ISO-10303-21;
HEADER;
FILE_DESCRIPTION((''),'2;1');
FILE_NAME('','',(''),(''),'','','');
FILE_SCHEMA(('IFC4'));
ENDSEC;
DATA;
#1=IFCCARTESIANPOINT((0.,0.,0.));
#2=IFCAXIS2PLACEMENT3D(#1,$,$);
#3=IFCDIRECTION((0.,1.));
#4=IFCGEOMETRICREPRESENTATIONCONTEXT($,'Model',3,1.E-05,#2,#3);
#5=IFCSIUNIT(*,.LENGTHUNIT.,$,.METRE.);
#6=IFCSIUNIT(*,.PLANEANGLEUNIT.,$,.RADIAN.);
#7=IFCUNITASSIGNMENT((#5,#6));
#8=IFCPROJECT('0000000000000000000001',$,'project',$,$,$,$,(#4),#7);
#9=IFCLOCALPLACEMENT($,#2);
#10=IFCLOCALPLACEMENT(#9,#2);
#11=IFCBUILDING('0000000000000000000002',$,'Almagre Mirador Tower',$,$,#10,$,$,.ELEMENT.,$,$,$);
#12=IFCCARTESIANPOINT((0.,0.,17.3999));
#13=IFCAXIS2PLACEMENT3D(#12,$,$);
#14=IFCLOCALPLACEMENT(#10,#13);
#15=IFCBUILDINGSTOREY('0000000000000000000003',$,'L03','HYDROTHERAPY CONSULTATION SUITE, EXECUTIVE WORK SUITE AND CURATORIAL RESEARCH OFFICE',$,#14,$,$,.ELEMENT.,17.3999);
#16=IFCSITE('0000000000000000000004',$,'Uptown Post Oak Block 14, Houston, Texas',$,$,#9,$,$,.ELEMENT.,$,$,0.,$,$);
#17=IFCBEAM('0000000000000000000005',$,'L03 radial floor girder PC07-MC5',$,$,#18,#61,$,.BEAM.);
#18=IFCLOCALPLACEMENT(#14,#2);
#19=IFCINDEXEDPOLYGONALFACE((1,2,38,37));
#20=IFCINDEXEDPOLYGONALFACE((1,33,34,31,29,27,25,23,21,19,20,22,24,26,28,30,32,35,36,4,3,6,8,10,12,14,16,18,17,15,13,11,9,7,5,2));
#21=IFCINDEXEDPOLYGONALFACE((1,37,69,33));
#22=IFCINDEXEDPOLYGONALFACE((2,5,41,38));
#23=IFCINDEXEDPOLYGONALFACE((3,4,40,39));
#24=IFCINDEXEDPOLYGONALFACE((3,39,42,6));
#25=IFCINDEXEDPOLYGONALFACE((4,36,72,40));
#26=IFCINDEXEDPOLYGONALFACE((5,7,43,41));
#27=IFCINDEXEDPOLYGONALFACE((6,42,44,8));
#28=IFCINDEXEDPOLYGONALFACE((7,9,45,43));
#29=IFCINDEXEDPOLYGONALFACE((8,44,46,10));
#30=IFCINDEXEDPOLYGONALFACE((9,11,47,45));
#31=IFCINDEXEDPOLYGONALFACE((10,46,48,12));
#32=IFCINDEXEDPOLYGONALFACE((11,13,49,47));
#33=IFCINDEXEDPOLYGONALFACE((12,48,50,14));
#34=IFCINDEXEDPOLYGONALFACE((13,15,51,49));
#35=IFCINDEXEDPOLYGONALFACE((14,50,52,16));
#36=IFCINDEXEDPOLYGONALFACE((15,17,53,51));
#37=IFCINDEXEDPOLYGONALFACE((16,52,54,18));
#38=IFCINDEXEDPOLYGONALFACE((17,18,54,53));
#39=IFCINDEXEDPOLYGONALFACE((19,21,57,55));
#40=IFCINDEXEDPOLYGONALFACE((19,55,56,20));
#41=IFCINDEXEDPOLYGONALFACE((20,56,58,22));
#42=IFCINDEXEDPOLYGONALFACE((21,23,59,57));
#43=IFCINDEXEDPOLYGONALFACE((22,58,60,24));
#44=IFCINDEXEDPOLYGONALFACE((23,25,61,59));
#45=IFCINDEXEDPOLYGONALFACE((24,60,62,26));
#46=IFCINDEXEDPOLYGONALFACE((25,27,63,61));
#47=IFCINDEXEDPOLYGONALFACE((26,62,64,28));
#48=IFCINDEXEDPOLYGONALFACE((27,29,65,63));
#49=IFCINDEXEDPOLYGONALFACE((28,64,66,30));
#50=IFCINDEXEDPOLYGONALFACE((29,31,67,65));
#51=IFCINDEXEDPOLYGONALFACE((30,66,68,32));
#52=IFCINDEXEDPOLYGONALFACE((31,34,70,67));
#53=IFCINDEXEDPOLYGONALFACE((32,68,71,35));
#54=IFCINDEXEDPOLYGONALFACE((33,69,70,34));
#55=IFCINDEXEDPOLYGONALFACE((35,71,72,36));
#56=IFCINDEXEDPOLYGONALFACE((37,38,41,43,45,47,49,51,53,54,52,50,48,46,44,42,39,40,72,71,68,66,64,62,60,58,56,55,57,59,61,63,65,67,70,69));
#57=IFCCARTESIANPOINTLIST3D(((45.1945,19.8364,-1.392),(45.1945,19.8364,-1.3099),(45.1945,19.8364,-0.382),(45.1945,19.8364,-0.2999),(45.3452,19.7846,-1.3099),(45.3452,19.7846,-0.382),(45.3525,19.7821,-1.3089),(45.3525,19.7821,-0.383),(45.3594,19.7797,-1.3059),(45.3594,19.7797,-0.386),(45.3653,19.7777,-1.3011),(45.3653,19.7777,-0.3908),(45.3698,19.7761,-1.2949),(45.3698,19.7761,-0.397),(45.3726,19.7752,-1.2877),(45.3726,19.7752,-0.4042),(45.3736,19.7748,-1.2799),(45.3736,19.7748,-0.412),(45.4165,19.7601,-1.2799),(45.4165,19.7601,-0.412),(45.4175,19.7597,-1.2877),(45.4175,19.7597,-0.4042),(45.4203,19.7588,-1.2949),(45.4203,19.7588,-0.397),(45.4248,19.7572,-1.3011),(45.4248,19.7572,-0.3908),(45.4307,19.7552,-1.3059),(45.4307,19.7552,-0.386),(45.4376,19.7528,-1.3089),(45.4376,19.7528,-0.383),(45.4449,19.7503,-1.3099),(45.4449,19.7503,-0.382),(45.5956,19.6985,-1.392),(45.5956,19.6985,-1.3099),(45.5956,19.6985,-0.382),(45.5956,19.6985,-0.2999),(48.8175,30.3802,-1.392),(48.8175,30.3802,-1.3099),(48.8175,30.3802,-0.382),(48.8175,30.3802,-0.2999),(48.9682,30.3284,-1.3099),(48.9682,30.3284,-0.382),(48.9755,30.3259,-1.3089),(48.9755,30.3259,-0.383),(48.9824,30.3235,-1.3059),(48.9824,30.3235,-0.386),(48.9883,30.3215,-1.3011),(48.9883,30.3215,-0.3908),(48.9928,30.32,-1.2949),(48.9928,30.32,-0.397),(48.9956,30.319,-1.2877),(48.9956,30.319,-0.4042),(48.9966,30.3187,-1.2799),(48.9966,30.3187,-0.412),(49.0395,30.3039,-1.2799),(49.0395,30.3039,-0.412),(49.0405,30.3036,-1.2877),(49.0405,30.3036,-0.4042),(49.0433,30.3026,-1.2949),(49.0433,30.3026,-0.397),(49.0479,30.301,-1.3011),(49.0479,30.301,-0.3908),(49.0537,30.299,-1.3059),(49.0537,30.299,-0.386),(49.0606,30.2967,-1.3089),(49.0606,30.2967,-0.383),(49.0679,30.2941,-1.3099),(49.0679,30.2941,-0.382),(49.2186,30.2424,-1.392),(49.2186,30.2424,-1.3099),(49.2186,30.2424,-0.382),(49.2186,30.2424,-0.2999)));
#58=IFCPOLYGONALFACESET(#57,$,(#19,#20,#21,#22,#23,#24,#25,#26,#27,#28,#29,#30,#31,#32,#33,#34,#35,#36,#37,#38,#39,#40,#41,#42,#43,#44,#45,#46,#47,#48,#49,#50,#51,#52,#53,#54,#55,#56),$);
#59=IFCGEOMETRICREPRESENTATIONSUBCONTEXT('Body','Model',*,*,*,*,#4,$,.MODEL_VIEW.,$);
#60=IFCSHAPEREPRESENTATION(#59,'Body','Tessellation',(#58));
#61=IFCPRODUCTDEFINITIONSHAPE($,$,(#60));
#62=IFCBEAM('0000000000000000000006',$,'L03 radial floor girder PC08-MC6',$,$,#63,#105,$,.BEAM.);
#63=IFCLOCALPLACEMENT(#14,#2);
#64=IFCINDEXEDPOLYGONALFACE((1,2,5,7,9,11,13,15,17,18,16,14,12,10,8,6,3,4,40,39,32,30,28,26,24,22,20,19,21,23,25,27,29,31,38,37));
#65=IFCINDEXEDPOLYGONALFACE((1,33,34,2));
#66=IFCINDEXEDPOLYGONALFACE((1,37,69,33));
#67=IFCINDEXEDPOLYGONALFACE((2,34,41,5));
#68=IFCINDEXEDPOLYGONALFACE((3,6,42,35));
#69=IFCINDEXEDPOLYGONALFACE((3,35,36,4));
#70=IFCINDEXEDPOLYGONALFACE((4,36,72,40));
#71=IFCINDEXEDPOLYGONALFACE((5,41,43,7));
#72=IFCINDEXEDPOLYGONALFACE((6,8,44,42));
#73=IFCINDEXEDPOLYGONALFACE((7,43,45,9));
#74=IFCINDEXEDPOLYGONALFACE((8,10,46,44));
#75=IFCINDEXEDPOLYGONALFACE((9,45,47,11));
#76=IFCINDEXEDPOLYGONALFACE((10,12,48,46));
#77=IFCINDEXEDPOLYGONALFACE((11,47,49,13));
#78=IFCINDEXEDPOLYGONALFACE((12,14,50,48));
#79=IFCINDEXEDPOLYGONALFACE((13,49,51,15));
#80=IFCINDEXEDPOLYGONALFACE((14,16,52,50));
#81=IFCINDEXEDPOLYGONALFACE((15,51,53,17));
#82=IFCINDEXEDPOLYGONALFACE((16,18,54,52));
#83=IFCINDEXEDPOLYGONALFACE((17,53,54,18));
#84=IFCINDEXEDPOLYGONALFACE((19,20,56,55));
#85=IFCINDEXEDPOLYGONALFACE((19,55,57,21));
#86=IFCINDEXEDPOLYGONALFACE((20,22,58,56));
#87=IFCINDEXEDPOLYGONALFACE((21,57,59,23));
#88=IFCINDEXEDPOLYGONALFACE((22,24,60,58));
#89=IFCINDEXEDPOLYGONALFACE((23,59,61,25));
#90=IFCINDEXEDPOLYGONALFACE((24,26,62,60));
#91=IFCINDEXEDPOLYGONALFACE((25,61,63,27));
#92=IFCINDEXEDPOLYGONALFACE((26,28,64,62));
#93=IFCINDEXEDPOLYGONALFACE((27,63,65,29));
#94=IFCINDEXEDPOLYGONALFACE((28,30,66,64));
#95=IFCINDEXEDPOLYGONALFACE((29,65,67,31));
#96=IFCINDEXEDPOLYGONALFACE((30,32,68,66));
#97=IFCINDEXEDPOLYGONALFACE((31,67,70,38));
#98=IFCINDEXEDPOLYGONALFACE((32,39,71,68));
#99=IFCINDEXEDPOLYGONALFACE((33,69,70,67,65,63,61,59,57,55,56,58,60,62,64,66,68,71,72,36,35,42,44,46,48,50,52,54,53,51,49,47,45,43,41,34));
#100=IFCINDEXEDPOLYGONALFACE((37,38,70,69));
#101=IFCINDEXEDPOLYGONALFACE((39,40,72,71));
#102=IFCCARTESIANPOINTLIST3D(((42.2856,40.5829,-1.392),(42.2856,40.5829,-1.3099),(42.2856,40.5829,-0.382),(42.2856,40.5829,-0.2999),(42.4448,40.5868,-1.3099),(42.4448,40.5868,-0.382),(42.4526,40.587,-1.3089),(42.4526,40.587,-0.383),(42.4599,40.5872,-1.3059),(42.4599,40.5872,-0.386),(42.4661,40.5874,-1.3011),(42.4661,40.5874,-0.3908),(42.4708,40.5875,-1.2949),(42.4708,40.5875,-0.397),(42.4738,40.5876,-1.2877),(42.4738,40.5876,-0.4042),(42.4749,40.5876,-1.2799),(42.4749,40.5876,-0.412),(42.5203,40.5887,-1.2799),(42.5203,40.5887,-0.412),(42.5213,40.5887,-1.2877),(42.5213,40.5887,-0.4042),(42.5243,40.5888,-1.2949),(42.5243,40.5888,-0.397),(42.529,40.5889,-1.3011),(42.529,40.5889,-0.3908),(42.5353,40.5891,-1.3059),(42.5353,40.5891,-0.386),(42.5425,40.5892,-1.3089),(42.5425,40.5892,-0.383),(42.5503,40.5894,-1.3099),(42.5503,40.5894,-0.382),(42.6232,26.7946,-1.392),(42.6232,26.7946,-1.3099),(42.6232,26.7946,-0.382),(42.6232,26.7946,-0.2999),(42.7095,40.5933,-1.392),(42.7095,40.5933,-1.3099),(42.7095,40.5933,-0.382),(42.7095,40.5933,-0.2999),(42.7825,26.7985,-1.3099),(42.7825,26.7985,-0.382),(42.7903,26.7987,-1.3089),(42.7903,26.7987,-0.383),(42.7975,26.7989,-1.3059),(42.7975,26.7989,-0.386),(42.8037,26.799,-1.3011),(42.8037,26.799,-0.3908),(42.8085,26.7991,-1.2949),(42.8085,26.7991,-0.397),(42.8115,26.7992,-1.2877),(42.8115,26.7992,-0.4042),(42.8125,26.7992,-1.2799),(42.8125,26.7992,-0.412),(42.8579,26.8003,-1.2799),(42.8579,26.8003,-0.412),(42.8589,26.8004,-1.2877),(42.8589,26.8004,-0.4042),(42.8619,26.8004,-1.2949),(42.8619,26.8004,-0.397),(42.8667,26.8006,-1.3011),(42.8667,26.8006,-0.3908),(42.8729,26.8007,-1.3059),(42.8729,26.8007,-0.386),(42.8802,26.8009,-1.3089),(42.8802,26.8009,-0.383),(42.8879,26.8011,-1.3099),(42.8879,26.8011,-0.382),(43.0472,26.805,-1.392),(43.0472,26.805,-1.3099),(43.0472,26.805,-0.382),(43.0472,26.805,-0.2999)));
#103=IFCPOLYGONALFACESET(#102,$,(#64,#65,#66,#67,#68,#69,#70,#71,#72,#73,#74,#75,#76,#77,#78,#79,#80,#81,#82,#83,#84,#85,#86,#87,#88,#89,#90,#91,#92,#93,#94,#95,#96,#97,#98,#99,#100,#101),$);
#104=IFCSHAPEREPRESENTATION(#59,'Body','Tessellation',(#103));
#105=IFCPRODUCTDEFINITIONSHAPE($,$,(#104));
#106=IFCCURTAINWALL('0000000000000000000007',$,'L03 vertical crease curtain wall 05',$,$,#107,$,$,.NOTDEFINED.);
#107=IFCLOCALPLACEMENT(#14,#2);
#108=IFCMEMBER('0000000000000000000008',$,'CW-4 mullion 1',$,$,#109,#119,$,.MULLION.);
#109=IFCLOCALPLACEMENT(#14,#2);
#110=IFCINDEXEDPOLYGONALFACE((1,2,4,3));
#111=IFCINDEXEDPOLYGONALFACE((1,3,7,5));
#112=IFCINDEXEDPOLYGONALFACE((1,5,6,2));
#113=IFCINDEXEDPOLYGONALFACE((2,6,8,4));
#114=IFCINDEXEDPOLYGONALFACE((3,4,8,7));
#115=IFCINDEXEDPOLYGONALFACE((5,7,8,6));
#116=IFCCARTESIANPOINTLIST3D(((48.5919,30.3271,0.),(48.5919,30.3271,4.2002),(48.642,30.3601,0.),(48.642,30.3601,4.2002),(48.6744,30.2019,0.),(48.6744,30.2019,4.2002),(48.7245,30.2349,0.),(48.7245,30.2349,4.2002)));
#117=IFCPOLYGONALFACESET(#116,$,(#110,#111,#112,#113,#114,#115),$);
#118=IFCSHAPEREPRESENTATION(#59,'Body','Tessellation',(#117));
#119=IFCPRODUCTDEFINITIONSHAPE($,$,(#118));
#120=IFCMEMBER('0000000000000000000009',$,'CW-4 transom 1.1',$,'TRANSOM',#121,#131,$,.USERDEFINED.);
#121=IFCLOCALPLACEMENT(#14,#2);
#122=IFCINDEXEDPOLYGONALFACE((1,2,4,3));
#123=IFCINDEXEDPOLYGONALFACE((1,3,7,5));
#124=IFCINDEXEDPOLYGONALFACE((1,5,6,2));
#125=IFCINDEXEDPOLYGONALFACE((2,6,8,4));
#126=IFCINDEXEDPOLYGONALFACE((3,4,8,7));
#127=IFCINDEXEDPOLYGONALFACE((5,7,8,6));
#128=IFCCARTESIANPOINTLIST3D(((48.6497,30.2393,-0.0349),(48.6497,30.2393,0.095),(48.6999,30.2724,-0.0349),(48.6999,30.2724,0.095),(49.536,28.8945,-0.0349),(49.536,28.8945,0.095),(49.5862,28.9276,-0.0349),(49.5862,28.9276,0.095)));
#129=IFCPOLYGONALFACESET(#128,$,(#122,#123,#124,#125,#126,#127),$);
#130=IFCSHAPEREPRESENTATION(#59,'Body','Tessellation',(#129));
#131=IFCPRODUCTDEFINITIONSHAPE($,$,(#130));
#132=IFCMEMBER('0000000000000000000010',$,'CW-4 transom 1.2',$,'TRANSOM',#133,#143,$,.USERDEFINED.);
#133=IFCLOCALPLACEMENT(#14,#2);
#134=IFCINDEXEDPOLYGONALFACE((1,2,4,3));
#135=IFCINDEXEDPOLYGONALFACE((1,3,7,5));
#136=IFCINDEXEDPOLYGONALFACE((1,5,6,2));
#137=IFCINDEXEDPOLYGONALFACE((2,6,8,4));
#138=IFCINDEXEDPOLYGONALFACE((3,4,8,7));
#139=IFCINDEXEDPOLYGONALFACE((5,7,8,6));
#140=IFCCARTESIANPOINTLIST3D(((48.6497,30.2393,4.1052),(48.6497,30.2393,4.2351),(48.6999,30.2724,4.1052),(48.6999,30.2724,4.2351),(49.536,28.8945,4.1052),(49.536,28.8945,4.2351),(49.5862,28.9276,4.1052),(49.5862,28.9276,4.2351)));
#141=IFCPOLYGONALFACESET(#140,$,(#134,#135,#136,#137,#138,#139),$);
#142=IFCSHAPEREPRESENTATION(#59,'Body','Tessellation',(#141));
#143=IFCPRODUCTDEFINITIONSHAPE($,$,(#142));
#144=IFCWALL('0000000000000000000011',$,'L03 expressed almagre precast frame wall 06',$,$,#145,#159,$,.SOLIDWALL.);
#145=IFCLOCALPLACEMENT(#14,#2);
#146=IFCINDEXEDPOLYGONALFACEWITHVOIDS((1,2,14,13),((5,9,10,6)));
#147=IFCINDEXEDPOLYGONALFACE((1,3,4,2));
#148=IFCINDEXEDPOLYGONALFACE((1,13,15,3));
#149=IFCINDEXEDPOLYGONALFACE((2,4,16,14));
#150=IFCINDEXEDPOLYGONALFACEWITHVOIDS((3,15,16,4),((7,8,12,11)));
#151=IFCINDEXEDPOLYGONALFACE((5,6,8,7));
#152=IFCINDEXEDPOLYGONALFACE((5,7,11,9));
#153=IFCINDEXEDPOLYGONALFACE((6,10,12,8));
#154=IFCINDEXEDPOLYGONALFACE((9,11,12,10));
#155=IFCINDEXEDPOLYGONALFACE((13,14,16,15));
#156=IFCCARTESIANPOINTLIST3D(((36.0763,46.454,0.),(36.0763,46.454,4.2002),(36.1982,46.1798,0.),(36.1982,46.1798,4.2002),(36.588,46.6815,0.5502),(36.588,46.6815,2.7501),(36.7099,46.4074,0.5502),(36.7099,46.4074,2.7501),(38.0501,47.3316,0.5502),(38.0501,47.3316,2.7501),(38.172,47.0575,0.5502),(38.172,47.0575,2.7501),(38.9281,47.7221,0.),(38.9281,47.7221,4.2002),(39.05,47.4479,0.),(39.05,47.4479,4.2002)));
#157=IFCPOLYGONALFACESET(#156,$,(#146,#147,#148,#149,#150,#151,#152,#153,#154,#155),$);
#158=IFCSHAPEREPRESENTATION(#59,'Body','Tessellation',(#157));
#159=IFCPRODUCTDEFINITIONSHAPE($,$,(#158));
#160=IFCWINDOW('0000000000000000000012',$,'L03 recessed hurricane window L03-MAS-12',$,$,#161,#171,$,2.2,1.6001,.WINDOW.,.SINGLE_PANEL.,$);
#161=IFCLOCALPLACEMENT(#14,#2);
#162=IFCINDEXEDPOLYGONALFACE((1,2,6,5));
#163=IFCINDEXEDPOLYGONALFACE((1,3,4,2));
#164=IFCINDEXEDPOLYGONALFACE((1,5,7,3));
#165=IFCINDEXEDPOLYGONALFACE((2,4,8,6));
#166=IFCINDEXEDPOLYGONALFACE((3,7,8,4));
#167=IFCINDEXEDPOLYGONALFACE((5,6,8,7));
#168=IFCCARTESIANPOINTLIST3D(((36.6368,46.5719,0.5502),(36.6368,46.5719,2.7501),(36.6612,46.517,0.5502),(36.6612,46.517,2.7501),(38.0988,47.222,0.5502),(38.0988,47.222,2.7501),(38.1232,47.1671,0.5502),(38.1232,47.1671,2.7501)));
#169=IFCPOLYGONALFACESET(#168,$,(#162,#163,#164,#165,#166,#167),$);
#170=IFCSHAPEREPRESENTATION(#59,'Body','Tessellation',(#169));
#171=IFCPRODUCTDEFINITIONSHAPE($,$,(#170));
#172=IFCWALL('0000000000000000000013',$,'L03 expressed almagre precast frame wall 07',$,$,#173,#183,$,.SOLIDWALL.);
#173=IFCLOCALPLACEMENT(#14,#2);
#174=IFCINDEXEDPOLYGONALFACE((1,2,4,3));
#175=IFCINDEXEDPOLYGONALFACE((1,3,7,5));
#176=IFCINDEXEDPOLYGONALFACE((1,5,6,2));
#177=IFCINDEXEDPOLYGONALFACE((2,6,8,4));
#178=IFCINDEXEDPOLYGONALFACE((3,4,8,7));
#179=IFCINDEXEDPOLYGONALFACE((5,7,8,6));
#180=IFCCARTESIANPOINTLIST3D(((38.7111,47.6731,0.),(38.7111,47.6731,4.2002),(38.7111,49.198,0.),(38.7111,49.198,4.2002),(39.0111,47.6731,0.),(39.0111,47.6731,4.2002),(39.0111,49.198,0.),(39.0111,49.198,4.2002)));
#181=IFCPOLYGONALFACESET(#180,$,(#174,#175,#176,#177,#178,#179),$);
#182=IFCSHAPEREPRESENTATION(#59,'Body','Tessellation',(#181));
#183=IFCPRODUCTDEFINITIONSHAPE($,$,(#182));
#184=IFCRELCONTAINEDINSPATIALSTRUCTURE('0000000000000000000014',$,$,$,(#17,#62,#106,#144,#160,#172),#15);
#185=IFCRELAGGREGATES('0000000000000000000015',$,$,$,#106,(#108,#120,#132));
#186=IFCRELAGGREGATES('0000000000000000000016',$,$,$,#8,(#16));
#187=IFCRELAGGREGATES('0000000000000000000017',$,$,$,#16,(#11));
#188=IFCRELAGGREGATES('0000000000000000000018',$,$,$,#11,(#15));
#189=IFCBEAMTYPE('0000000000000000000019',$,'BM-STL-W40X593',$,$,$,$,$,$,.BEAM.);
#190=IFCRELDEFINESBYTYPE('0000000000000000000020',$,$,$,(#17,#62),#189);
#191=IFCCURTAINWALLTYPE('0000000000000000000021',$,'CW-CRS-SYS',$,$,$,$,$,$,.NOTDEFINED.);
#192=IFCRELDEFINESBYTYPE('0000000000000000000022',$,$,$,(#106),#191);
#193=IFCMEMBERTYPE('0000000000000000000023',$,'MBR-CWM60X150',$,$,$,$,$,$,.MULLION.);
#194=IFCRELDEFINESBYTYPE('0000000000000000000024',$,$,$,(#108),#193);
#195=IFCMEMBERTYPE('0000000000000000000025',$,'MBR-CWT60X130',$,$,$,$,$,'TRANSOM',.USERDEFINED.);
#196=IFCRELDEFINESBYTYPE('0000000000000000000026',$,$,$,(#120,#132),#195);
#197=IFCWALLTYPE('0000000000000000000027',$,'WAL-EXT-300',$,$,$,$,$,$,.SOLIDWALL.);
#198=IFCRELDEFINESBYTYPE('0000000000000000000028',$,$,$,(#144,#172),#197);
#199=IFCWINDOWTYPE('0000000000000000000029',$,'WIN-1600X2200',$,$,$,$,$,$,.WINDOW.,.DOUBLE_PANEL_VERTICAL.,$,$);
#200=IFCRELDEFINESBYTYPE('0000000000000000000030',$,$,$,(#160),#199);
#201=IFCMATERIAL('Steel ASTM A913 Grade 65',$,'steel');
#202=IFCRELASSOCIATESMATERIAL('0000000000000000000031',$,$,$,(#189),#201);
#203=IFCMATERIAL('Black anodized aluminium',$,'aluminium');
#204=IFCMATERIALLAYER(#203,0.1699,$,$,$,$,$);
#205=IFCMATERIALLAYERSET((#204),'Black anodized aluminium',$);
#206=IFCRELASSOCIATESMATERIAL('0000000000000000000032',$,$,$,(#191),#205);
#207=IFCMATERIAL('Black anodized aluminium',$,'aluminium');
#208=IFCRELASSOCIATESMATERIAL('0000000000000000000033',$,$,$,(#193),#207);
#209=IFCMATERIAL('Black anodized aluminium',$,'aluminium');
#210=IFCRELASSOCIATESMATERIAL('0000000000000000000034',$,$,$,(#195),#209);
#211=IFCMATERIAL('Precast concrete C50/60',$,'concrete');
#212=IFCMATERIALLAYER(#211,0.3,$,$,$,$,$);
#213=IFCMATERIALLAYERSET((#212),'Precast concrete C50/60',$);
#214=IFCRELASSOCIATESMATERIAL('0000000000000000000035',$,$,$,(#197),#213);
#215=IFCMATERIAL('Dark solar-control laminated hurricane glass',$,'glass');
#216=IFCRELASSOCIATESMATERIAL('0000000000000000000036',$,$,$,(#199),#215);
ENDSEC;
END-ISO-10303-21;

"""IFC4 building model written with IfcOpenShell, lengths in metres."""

from ifc_helpers import new_model, si_unit, direction, frame, frame_2d, origin, origin_2d, place, context, subcontext, project, spatial, rectangle, i_section, extrude, material, layer, layer_set, material_profile, profile_set, type_object, element, fill, aggregate, save


model = new_model("IFC4")

# Units and contexts
model_context = context("Model", 3, precision=1e-05, world=origin(), true_north=direction((0.0, 1.0)))
body_context = subcontext(model_context, "Body", "Model", "MODEL_VIEW")
ifc_project = project(units=[si_unit("LENGTHUNIT", "METRE"), si_unit("PLANEANGLEUNIT", "RADIAN")], contexts=[model_context])

# Site, building, storey
site_placement = place(None, origin())
site = spatial("IfcSite", under=ifc_project, at=site_placement, Name="Uptown Post Oak Block 14, Houston, Texas", CompositionType="ELEMENT", RefElevation=0.0)
building_placement = place(site_placement, origin())
building = spatial("IfcBuilding", under=site, at=building_placement, Name="Almagre Mirador Tower", CompositionType="ELEMENT")
storey_placement = place(building_placement, frame((0.0, 0.0, 17.3999)))
storey = spatial("IfcBuildingStorey", under=building, at=storey_placement, Name="L03", Description="HYDROTHERAPY CONSULTATION SUITE, EXECUTIVE WORK SUITE AND CURATORIAL RESEARCH OFFICE", CompositionType="ELEMENT", Elevation=17.3999)

# Beams
ifc_material_1 = material(Name="Steel ASTM A913 Grade 65", Category="steel")
ifc_material_profile_1 = material_profile(ifc_material_1, i_section(OverallWidth=0.4241, OverallDepth=1.092, WebThickness=0.0454, FlangeThickness=0.082, FilletRadius=0.03, at=origin_2d()), Name="W40X593")
ifc_profile_set_1 = profile_set([ifc_material_profile_1], Name="Steel ASTM A913 Grade 65")
beam_type_1 = type_object("IfcBeamType", Name="BM-STL-W40X593", PredefinedType="BEAM", material=ifc_profile_set_1)
beam_1_placement = place(storey_placement, frame((49.0181, 30.3113, -0.8459), z_axis=(-0.324965, -0.945726, 0.0), x_axis=(0.945726, -0.324965, 0.0)))
element("IfcBeam", 1, at=beam_1_placement, inside=storey, type_object=beam_type_1, Name="L03 radial floor girder PC07-MC5", PredefinedType="BEAM", context=body_context, shape_type="SweptSolid", body=[
    extrude(i_section(OverallWidth=0.4241, OverallDepth=1.092, WebThickness=0.0454, FlangeThickness=0.082, FilletRadius=0.03, at=origin_2d()), origin(), (0.0, 0.0, 1.0), 11.1489),
])
beam_2_placement = place(storey_placement, frame((42.4976, 40.5881, -0.8459), z_axis=(0.024481, -0.9997, 0.0), x_axis=(0.9997, 0.024481, 0.0)))
element("IfcBeam", 2, at=beam_2_placement, inside=storey, type_object=beam_type_1, Name="L03 radial floor girder PC08-MC6", PredefinedType="BEAM", context=body_context, shape_type="SweptSolid", body=[
    extrude(i_section(OverallWidth=0.4241, OverallDepth=1.092, WebThickness=0.0454, FlangeThickness=0.082, FilletRadius=0.03, at=origin_2d()), origin(), (0.0, 0.0, 1.0), 13.7925),
])

# Curtain wall, members
ifc_material_2 = material(Name="Black anodized aluminium", Category="aluminium")
ifc_layer_1 = layer(ifc_material_2, 0.1699)
ifc_layer_set_1 = layer_set([ifc_layer_1], Name="Black anodized aluminium")
curtain_wall_type = type_object("IfcCurtainWallType", Name="CW-CRS-SYS", PredefinedType="NOTDEFINED", material=ifc_layer_set_1)
curtain_wall_placement = place(storey_placement, origin())
curtain_wall = element("IfcCurtainWall", 3, at=curtain_wall_placement, inside=storey, type_object=curtain_wall_type, Name="L03 vertical crease curtain wall 05", PredefinedType="NOTDEFINED")
ifc_material_3 = material(Name="Black anodized aluminium", Category="aluminium")
ifc_material_profile_2 = material_profile(ifc_material_3, rectangle(XDim=0.0601, YDim=0.1499, at=origin_2d()), Name="CWM60X150")
ifc_profile_set_2 = profile_set([ifc_material_profile_2], Name="Black anodized aluminium")
member_type_1 = type_object("IfcMemberType", Name="MBR-CWM60X150", PredefinedType="MULLION", material=ifc_profile_set_2)
member_1_placement = place(storey_placement, frame((48.6582, 30.281, 0.0), z_axis=(0.0, 0.0, 1.0), x_axis=(0.83499, 0.550265, 0.0)))
member_1 = element("IfcMember", 4, at=member_1_placement, type_object=member_type_1, Name="CW-4 mullion 1", PredefinedType="MULLION", context=body_context, shape_type="SweptSolid", body=[
    extrude(rectangle(XDim=0.0601, YDim=0.1499, at=origin_2d()), origin(), (0.0, 0.0, 1.0), 4.2002),
])
ifc_material_4 = material(Name="Black anodized aluminium", Category="aluminium")
ifc_material_profile_3 = material_profile(ifc_material_4, rectangle(XDim=0.0601, YDim=0.1299, at=origin_2d()), Name="CWT60X130")
ifc_profile_set_3 = profile_set([ifc_material_profile_3], Name="Black anodized aluminium")
member_type_2 = type_object("IfcMemberType", Name="MBR-CWT60X130", ElementType="TRANSOM", PredefinedType="USERDEFINED", material=ifc_profile_set_3)
member_2_placement = place(storey_placement, frame((48.6748, 30.2559, 0.03), z_axis=(0.550285, -0.834977, 0.0), x_axis=(0.834977, 0.550285, 0.0)))
member_2 = element("IfcMember", 5, at=member_2_placement, type_object=member_type_2, Name="CW-4 transom 1.1", ObjectType="TRANSOM", PredefinedType="USERDEFINED", context=body_context, shape_type="SweptSolid", body=[
    extrude(rectangle(XDim=0.0601, YDim=0.1299, at=origin_2d()), origin(), (0.0, 0.0, 1.0), 1.6106),
])
member_3_placement = place(storey_placement, frame((48.6748, 30.2559, 4.1702), z_axis=(0.550285, -0.834977, 0.0), x_axis=(0.834977, 0.550285, 0.0)))
member_3 = element("IfcMember", 6, at=member_3_placement, type_object=member_type_2, Name="CW-4 transom 1.2", ObjectType="TRANSOM", PredefinedType="USERDEFINED", context=body_context, shape_type="SweptSolid", body=[
    extrude(rectangle(XDim=0.0601, YDim=0.1299, at=origin_2d()), origin(), (0.0, 0.0, 1.0), 1.6106),
])
aggregate(curtain_wall, [member_1, member_2, member_3])

# Wall, opening, window
ifc_material_5 = material(Name="Precast concrete C50/60", Category="concrete")
ifc_layer_2 = layer(ifc_material_5, 0.3)
ifc_layer_set_2 = layer_set([ifc_layer_2], Name="Precast concrete C50/60")
wall_type = type_object("IfcWallType", Name="WAL-EXT-300", PredefinedType="SOLIDWALL", material=ifc_layer_set_2)
wall_1_placement = place(storey_placement, frame((36.1372, 46.3169, 0.0), z_axis=(0.0, 0.0, 1.0), x_axis=(0.913741, 0.406298, 0.0)))
wall_1 = element("IfcWall", 7, at=wall_1_placement, inside=storey, type_object=wall_type, Name="L03 expressed almagre precast frame wall 06", PredefinedType="SOLIDWALL", context=body_context, shape_type="SweptSolid", body=[
    extrude(rectangle(XDim=3.1211, YDim=0.3, at=frame_2d((1.5605, 0.0))), origin(), (0.0, 0.0, 1.0), 4.2002),
])
opening_1_placement = place(wall_1_placement, frame((0.5601, 0.0, 0.55)))
opening_1 = element("IfcOpeningElement", 8, at=opening_1_placement, cuts=wall_1, PredefinedType="OPENING", context=body_context, shape_type="SweptSolid", body=[
    extrude(rectangle(XDim=1.6001, YDim=2.2, at=frame_2d((0.8, 1.1001))), frame((0.0, 0.1599, 0.0), z_axis=(0.0, -1.0, 0.0), x_axis=(1.0, 0.0, 0.0)), (0.0, 0.0, 1.0), 0.32),
])
ifc_material_6 = material(Name="Dark solar-control laminated hurricane glass", Category="glass")
window_type_1 = type_object("IfcWindowType", Name="WIN-1600X2200", PartitioningType="DOUBLE_PANEL_VERTICAL", PredefinedType="WINDOW", material=ifc_material_6)
window_1_placement = place(opening_1_placement, origin())
window_1 = element("IfcWindow", 9, at=window_1_placement, inside=storey, type_object=window_type_1, Name="L03 recessed hurricane window L03-MAS-12", OverallHeight=2.2, OverallWidth=1.6001, PartitioningType="SINGLE_PANEL", PredefinedType="WINDOW", context=body_context, shape_type="SweptSolid", body=[
    extrude(rectangle(XDim=1.6001, YDim=2.2, at=frame_2d((0.8, 1.1001))), frame((0.0, 0.03, 0.0), z_axis=(0.0, -1.0, 0.0), x_axis=(1.0, 0.0, 0.0)), (0.0, 0.0, 1.0), 0.0601),
])
fill(opening_1, window_1)

# Wall
wall_2_placement = place(storey_placement, frame((38.8611, 47.6731, 0.0), z_axis=(0.0, 0.0, 1.0), x_axis=(0.0, 1.0, 0.0)))
element("IfcWall", 10, at=wall_2_placement, inside=storey, type_object=wall_type, Name="L03 expressed almagre precast frame wall 07", PredefinedType="SOLIDWALL", context=body_context, shape_type="SweptSolid", body=[
    extrude(rectangle(XDim=1.5249, YDim=0.3, at=frame_2d((0.7625, 0.0))), origin(), (0.0, 0.0, 1.0), 4.2002),
])

save(model, "model.ifc")
